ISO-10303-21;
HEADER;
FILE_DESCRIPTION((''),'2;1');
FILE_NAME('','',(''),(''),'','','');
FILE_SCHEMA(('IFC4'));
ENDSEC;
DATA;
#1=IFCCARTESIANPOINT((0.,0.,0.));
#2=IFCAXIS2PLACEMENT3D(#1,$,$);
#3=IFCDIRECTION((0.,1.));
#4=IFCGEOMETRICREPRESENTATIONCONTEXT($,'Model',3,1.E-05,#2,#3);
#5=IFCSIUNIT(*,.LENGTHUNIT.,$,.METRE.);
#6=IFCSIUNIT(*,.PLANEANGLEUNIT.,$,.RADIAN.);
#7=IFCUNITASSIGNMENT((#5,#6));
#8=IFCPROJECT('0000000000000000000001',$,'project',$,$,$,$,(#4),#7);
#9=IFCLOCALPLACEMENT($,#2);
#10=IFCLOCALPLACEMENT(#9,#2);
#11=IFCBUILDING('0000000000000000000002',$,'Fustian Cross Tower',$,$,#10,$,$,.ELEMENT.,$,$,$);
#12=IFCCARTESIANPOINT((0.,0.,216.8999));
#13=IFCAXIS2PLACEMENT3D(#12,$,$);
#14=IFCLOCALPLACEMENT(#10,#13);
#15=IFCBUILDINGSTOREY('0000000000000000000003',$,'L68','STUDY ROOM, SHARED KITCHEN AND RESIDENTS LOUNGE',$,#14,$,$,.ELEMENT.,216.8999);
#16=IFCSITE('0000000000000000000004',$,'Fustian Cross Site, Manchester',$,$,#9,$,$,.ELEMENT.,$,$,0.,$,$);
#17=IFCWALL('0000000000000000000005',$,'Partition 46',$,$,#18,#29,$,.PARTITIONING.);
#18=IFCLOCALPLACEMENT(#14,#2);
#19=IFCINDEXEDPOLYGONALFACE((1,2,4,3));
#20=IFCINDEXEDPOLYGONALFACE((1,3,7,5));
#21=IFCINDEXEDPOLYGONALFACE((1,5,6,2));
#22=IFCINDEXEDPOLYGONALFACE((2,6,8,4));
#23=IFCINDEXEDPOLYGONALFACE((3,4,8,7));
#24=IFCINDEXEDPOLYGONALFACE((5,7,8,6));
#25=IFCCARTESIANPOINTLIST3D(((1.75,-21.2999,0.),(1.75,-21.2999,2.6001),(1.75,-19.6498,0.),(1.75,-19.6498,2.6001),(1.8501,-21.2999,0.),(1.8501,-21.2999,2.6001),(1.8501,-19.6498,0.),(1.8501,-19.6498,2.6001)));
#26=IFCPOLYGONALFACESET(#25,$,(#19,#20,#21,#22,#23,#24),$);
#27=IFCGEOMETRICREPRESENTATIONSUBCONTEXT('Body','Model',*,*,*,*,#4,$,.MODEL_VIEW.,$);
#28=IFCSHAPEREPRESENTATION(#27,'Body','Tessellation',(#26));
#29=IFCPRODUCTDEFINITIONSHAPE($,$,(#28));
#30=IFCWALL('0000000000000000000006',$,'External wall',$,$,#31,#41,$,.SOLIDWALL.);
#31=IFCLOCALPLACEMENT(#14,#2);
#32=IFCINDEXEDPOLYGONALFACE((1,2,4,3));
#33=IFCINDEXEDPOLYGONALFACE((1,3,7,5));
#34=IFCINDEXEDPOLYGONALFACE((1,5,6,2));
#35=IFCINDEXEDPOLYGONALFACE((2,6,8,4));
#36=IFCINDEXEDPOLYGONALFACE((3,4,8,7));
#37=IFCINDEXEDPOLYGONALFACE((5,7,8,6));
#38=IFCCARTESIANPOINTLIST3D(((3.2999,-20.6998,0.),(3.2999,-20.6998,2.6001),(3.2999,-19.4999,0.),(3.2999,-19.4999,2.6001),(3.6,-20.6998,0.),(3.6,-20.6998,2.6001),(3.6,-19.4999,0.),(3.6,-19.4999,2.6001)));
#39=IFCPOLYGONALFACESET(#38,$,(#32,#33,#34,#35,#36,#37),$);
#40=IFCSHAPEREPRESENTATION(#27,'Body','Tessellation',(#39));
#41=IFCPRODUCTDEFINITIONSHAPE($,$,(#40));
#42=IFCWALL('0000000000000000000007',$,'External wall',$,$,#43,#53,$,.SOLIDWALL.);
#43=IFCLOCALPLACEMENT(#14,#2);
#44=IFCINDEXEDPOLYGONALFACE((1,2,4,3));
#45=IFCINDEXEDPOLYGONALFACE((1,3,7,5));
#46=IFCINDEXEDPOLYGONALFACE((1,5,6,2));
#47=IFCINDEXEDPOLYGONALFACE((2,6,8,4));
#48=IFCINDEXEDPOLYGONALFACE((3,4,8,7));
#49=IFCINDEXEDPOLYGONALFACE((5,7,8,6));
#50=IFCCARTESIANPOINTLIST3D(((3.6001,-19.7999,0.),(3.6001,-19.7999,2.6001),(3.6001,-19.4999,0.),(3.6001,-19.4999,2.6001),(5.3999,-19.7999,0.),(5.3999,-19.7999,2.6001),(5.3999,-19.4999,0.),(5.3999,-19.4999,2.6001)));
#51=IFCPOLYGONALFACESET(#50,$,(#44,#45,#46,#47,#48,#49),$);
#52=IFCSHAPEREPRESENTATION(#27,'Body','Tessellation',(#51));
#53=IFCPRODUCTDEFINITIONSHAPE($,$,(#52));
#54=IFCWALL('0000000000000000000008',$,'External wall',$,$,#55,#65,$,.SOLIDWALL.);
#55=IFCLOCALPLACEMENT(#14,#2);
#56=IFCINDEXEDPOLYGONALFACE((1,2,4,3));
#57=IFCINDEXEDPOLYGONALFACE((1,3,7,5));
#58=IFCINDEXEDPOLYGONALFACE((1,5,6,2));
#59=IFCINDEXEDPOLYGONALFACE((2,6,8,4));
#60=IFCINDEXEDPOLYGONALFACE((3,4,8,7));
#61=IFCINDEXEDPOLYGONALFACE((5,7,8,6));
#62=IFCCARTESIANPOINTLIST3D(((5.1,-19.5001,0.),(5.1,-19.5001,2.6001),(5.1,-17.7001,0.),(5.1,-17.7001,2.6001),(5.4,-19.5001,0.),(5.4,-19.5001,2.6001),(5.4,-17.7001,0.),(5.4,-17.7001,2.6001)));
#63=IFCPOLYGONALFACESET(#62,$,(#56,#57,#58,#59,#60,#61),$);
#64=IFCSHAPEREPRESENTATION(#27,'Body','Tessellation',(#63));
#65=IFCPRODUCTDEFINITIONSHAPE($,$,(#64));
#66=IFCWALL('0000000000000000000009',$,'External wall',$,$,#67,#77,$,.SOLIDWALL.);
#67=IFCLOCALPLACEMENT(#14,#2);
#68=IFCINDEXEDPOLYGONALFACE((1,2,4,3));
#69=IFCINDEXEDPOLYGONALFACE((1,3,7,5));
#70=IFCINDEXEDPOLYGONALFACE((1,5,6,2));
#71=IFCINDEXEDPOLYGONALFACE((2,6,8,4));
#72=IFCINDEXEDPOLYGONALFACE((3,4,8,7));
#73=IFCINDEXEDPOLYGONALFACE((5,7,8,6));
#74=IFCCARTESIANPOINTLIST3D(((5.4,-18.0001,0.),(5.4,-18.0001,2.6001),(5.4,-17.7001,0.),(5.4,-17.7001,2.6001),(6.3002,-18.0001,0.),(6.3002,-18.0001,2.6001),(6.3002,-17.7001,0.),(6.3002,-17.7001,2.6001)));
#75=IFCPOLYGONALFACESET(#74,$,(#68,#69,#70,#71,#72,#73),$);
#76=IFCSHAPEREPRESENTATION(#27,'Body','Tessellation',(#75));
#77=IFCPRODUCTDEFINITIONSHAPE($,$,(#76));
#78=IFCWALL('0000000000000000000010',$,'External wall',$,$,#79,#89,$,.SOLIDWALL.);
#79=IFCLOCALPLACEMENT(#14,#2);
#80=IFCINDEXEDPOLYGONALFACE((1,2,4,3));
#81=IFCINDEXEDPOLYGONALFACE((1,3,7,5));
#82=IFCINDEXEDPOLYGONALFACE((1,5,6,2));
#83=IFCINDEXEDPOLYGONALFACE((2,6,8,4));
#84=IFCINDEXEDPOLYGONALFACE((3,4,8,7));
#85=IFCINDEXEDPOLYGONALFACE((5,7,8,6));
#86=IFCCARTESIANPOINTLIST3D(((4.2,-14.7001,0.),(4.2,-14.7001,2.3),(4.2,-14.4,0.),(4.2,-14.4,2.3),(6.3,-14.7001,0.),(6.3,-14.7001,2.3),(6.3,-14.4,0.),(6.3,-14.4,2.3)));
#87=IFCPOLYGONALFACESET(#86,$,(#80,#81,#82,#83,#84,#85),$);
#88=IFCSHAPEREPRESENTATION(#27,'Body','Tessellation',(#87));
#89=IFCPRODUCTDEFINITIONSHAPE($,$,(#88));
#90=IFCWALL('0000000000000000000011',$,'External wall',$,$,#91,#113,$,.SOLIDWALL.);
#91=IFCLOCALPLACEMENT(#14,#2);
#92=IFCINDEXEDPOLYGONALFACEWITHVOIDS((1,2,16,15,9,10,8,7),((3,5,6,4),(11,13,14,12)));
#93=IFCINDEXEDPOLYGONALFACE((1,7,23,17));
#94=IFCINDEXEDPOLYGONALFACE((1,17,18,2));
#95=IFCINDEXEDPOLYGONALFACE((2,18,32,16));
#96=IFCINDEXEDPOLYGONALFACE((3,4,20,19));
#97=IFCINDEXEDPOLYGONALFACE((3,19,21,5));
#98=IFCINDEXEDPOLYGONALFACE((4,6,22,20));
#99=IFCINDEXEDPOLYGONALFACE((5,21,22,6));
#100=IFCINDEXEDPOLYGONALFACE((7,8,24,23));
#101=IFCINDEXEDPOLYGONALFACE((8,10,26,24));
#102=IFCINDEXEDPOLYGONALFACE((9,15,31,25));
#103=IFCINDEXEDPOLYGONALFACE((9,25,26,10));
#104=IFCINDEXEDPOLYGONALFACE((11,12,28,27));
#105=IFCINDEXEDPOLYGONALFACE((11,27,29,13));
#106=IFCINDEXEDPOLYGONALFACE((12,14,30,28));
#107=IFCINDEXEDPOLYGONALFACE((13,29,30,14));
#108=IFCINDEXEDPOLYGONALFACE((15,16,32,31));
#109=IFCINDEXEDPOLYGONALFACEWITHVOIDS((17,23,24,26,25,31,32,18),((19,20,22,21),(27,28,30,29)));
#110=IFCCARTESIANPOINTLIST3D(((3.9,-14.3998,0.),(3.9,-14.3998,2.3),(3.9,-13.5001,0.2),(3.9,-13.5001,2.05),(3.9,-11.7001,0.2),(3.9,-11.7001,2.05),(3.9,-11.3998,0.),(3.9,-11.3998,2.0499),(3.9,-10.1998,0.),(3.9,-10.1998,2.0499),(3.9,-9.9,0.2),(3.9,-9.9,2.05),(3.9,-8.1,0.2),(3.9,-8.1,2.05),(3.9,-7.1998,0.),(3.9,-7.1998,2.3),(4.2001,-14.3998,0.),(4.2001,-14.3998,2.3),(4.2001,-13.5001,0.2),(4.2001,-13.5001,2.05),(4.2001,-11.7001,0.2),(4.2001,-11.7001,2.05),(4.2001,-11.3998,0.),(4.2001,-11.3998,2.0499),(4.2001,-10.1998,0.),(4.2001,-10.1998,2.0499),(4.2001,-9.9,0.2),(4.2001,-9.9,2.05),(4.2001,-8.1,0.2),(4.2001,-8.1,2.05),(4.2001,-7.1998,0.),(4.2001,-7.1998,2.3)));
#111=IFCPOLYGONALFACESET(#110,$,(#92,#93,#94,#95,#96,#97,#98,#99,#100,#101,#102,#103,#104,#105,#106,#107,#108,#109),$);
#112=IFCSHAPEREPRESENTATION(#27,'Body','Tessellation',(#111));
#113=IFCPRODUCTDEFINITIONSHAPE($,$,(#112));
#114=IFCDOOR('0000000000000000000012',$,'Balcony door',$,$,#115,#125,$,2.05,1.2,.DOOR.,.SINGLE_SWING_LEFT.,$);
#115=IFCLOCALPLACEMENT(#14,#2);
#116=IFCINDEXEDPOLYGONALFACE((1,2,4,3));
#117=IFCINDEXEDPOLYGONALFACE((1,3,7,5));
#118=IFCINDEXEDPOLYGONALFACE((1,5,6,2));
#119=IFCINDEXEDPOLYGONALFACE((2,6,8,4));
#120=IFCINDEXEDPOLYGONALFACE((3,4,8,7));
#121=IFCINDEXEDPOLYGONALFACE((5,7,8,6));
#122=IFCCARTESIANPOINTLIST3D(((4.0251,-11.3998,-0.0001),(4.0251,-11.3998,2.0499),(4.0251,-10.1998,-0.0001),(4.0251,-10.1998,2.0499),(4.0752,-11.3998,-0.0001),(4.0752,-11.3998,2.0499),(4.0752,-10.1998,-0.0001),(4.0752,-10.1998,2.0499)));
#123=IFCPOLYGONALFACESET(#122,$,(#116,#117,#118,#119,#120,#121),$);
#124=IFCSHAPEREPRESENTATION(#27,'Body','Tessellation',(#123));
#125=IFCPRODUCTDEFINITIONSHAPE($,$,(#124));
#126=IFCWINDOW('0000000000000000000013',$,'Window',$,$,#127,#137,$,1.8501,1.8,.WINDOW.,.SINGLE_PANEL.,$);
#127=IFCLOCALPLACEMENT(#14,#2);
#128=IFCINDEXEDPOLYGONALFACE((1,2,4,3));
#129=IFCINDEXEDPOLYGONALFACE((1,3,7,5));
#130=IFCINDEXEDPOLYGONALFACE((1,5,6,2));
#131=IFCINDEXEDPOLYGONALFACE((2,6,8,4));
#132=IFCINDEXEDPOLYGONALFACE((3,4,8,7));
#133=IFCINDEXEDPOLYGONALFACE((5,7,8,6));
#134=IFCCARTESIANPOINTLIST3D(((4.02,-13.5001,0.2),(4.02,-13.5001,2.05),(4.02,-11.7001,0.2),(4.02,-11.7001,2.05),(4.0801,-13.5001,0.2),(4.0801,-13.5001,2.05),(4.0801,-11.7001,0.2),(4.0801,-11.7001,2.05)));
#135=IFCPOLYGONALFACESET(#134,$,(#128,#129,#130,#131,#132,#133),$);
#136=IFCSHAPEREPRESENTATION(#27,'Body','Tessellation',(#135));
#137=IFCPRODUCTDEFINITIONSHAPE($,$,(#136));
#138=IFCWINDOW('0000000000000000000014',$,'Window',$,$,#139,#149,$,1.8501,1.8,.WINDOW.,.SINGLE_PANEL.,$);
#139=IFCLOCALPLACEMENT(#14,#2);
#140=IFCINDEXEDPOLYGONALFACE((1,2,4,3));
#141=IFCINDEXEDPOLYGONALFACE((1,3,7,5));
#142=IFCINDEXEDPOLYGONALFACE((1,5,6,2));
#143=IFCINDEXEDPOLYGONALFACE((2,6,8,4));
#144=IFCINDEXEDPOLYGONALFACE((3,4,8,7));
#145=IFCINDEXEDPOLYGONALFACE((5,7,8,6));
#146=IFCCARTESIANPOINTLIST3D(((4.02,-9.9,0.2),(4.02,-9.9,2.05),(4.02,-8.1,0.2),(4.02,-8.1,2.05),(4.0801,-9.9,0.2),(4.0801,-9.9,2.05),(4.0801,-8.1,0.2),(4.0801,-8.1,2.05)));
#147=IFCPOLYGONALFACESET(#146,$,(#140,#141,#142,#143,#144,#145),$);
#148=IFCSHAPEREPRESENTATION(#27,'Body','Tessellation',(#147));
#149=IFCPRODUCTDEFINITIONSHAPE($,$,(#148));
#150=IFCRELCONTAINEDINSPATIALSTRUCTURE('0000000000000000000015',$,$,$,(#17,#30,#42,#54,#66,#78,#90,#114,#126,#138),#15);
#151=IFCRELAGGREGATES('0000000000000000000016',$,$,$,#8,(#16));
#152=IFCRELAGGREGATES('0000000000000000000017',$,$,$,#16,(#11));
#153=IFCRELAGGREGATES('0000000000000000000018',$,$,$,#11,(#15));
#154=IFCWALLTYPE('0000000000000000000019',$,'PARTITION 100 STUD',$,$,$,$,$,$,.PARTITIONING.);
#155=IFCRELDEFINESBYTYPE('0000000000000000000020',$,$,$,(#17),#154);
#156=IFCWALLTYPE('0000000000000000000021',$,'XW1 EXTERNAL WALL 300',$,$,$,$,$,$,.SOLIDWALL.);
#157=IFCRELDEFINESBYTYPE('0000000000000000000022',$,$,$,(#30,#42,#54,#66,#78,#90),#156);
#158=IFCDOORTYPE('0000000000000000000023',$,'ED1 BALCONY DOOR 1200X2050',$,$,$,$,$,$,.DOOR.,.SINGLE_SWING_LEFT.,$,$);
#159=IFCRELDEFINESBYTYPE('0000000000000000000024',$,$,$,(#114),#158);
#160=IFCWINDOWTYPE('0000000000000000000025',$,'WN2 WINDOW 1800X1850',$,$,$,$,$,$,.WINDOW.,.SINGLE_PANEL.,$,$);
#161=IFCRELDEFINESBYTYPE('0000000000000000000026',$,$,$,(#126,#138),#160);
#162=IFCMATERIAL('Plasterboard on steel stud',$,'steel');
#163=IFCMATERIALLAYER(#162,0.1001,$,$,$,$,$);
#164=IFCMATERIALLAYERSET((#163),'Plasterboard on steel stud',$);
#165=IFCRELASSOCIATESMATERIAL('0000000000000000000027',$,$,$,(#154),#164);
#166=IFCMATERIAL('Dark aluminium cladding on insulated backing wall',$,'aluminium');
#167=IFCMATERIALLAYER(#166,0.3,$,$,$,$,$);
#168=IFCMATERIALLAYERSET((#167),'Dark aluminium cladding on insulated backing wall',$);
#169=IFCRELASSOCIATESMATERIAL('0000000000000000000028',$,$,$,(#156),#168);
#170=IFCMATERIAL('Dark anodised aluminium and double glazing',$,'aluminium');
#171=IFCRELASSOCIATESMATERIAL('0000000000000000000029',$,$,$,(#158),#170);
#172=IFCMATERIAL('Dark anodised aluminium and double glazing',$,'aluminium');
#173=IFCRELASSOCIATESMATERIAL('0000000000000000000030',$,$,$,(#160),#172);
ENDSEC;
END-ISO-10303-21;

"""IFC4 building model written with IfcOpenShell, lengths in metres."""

from ifc_helpers import new_model, si_unit, direction, frame, frame_2d, origin, place, context, subcontext, project, spatial, rectangle, extrude, material, layer, layer_set, type_object, element, fill, save


model = new_model("IFC4")

# Units and contexts
model_context = context("Model", 3, precision=1e-05, world=origin(), true_north=direction((0.0, 1.0)))
body_context = subcontext(model_context, "Body", "Model", "MODEL_VIEW")
ifc_project = project(units=[si_unit("LENGTHUNIT", "METRE"), si_unit("PLANEANGLEUNIT", "RADIAN")], contexts=[model_context])

# Site, building, storey
site_placement = place(None, origin())
site = spatial("IfcSite", under=ifc_project, at=site_placement, Name="Fustian Cross Site, Manchester", CompositionType="ELEMENT", RefElevation=0.0)
building_placement = place(site_placement, origin())
building = spatial("IfcBuilding", under=site, at=building_placement, Name="Fustian Cross Tower", CompositionType="ELEMENT")
storey_placement = place(building_placement, frame((0.0, 0.0, 216.8999)))
storey = spatial("IfcBuildingStorey", under=building, at=storey_placement, Name="L68", Description="STUDY ROOM, SHARED KITCHEN AND RESIDENTS LOUNGE", CompositionType="ELEMENT", Elevation=216.8999)

# Walls
ifc_material_1 = material(Name="Plasterboard on steel stud", Category="steel")
ifc_layer_1 = layer(ifc_material_1, 0.1001)
ifc_layer_set_1 = layer_set([ifc_layer_1], Name="Plasterboard on steel stud")
wall_type_1 = type_object("IfcWallType", Name="PARTITION 100 STUD", PredefinedType="PARTITIONING", material=ifc_layer_set_1)
wall_1_placement = place(storey_placement, frame((1.8, -21.3, 0.0), z_axis=(0.0, 0.0, 1.0), x_axis=(0.0, 1.0, 0.0)))
element("IfcWall", 1, at=wall_1_placement, inside=storey, type_object=wall_type_1, Name="Partition 46", PredefinedType="PARTITIONING", context=body_context, shape_type="SweptSolid", body=[
    extrude(rectangle(XDim=1.6501, YDim=0.1001, at=frame_2d((0.8252, 0.0))), origin(), (0.0, 0.0, 1.0), 2.6001),
])
ifc_material_2 = material(Name="Dark aluminium cladding on insulated backing wall", Category="aluminium")
ifc_layer_2 = layer(ifc_material_2, 0.3)
ifc_layer_set_2 = layer_set([ifc_layer_2], Name="Dark aluminium cladding on insulated backing wall")
wall_type_2 = type_object("IfcWallType", Name="XW1 EXTERNAL WALL 300", PredefinedType="SOLIDWALL", material=ifc_layer_set_2)
wall_2_placement = place(storey_placement, frame((3.45, -20.7, 0.0), z_axis=(0.0, 0.0, 1.0), x_axis=(0.0, 1.0, 0.0)))
element("IfcWall", 2, at=wall_2_placement, inside=storey, type_object=wall_type_2, Name="External wall", PredefinedType="SOLIDWALL", context=body_context, shape_type="SweptSolid", body=[
    extrude(rectangle(XDim=1.2, YDim=0.3, at=frame_2d((0.6001, 0.0))), origin(), (0.0, 0.0, 1.0), 2.6001),
])
wall_3_placement = place(storey_placement, frame((3.6001, -19.6499, 0.0), z_axis=(0.0, 0.0, 1.0), x_axis=(1.0, 0.0, 0.0)))
element("IfcWall", 3, at=wall_3_placement, inside=storey, type_object=wall_type_2, Name="External wall", PredefinedType="SOLIDWALL", context=body_context, shape_type="SweptSolid", body=[
    extrude(rectangle(XDim=1.7998, YDim=0.3, at=frame_2d((0.8999, 0.0))), origin(), (0.0, 0.0, 1.0), 2.6001),
])
wall_4_placement = place(storey_placement, frame((5.25, -19.5, 0.0), z_axis=(0.0, 0.0, 1.0), x_axis=(0.0, 1.0, 0.0)))
element("IfcWall", 4, at=wall_4_placement, inside=storey, type_object=wall_type_2, Name="External wall", PredefinedType="SOLIDWALL", context=body_context, shape_type="SweptSolid", body=[
    extrude(rectangle(XDim=1.8, YDim=0.3, at=frame_2d((0.8999, 0.0))), origin(), (0.0, 0.0, 1.0), 2.6001),
])
wall_5_placement = place(storey_placement, frame((5.3999, -17.8501, 0.0), z_axis=(0.0, 0.0, 1.0), x_axis=(1.0, 0.0, 0.0)))
element("IfcWall", 5, at=wall_5_placement, inside=storey, type_object=wall_type_2, Name="External wall", PredefinedType="SOLIDWALL", context=body_context, shape_type="SweptSolid", body=[
    extrude(rectangle(XDim=0.9001, YDim=0.3, at=frame_2d((0.4502, 0.0))), origin(), (0.0, 0.0, 1.0), 2.6001),
])
wall_6_placement = place(storey_placement, frame((6.3, -14.55, 0.0), z_axis=(0.0, 0.0, 1.0), x_axis=(-1.0, 0.0, 0.0)))
element("IfcWall", 6, at=wall_6_placement, inside=storey, type_object=wall_type_2, Name="External wall", PredefinedType="SOLIDWALL", context=body_context, shape_type="SweptSolid", body=[
    extrude(rectangle(XDim=2.1001, YDim=0.3, at=frame_2d((1.05, 0.0))), origin(), (0.0, 0.0, 1.0), 2.3),
])

# Wall, openings, door, windows
wall_7_placement = place(storey_placement, frame((4.05, -14.3999, 0.0), z_axis=(0.0, 0.0, 1.0), x_axis=(0.0, 1.0, 0.0)))
wall_7 = element("IfcWall", 7, at=wall_7_placement, inside=storey, type_object=wall_type_2, Name="External wall", PredefinedType="SOLIDWALL", context=body_context, shape_type="SweptSolid", body=[
    extrude(rectangle(XDim=7.2, YDim=0.3, at=frame_2d((3.6001, 0.0))), origin(), (0.0, 0.0, 1.0), 2.3),
])
opening_1_placement = place(wall_7_placement, frame((3.0, 0.0, 0.0)))
opening_1 = element("IfcOpeningElement", 8, at=opening_1_placement, cuts=wall_7, PredefinedType="OPENING", context=body_context, shape_type="SweptSolid", body=[
    extrude(rectangle(XDim=1.2, YDim=2.05, at=frame_2d((0.6001, 1.0249))), frame((0.0, 0.1599, 0.0), z_axis=(0.0, -1.0, 0.0), x_axis=(1.0, 0.0, 0.0)), (0.0, 0.0, 1.0), 0.3201),
])
opening_2_placement = place(wall_7_placement, frame((0.8999, 0.0, 0.2)))
opening_2 = element("IfcOpeningElement", 9, at=opening_2_placement, cuts=wall_7, PredefinedType="OPENING", context=body_context, shape_type="SweptSolid", body=[
    extrude(rectangle(XDim=1.8, YDim=1.8501, at=frame_2d((0.8999, 0.925))), frame((0.0, 0.1599, 0.0), z_axis=(0.0, -1.0, 0.0), x_axis=(1.0, 0.0, 0.0)), (0.0, 0.0, 1.0), 0.3201),
])
opening_3_placement = place(wall_7_placement, frame((4.5, 0.0, 0.2)))
opening_3 = element("IfcOpeningElement", 10, at=opening_3_placement, cuts=wall_7, PredefinedType="OPENING", context=body_context, shape_type="SweptSolid", body=[
    extrude(rectangle(XDim=1.8, YDim=1.8501, at=frame_2d((0.8999, 0.925))), frame((0.0, 0.1599, 0.0), z_axis=(0.0, -1.0, 0.0), x_axis=(1.0, 0.0, 0.0)), (0.0, 0.0, 1.0), 0.3201),
])
ifc_material_3 = material(Name="Dark anodised aluminium and double glazing", Category="aluminium")
door_type_1 = type_object("IfcDoorType", Name="ED1 BALCONY DOOR 1200X2050", OperationType="SINGLE_SWING_LEFT", PredefinedType="DOOR", material=ifc_material_3)
door_1_placement = place(opening_1_placement, origin())
door_1 = element("IfcDoor", 11, at=door_1_placement, inside=storey, type_object=door_type_1, Name="Balcony door", OperationType="SINGLE_SWING_LEFT", OverallHeight=2.05, OverallWidth=1.2, PredefinedType="DOOR", context=body_context, shape_type="SweptSolid", body=[
    extrude(rectangle(XDim=1.2, YDim=2.05, at=frame_2d((0.6001, 1.0249))), frame((0.0, 0.0249, 0.0), z_axis=(0.0, -1.0, 0.0), x_axis=(1.0, 0.0, 0.0)), (0.0, 0.0, 1.0), 0.05),
])
fill(opening_1, door_1)
ifc_material_4 = material(Name="Dark anodised aluminium and double glazing", Category="aluminium")
window_type = type_object("IfcWindowType", Name="WN2 WINDOW 1800X1850", PartitioningType="SINGLE_PANEL", PredefinedType="WINDOW", material=ifc_material_4)
window_1_placement = place(opening_2_placement, origin())
window_1 = element("IfcWindow", 12, at=window_1_placement, inside=storey, type_object=window_type, Name="Window", OverallHeight=1.8501, OverallWidth=1.8, PartitioningType="SINGLE_PANEL", PredefinedType="WINDOW", context=body_context, shape_type="SweptSolid", body=[
    extrude(rectangle(XDim=1.8, YDim=1.8501, at=frame_2d((0.8999, 0.925))), frame((0.0, 0.03, 0.0), z_axis=(0.0, -1.0, 0.0), x_axis=(1.0, 0.0, 0.0)), (0.0, 0.0, 1.0), 0.0601),
])
fill(opening_2, window_1)
window_2_placement = place(opening_3_placement, origin())
window_2 = element("IfcWindow", 13, at=window_2_placement, inside=storey, type_object=window_type, Name="Window", OverallHeight=1.8501, OverallWidth=1.8, PartitioningType="SINGLE_PANEL", PredefinedType="WINDOW", context=body_context, shape_type="SweptSolid", body=[
    extrude(rectangle(XDim=1.8, YDim=1.8501, at=frame_2d((0.8999, 0.925))), frame((0.0, 0.03, 0.0), z_axis=(0.0, -1.0, 0.0), x_axis=(1.0, 0.0, 0.0)), (0.0, 0.0, 1.0), 0.0601),
])
fill(opening_3, window_2)

save(model, "model.ifc")
